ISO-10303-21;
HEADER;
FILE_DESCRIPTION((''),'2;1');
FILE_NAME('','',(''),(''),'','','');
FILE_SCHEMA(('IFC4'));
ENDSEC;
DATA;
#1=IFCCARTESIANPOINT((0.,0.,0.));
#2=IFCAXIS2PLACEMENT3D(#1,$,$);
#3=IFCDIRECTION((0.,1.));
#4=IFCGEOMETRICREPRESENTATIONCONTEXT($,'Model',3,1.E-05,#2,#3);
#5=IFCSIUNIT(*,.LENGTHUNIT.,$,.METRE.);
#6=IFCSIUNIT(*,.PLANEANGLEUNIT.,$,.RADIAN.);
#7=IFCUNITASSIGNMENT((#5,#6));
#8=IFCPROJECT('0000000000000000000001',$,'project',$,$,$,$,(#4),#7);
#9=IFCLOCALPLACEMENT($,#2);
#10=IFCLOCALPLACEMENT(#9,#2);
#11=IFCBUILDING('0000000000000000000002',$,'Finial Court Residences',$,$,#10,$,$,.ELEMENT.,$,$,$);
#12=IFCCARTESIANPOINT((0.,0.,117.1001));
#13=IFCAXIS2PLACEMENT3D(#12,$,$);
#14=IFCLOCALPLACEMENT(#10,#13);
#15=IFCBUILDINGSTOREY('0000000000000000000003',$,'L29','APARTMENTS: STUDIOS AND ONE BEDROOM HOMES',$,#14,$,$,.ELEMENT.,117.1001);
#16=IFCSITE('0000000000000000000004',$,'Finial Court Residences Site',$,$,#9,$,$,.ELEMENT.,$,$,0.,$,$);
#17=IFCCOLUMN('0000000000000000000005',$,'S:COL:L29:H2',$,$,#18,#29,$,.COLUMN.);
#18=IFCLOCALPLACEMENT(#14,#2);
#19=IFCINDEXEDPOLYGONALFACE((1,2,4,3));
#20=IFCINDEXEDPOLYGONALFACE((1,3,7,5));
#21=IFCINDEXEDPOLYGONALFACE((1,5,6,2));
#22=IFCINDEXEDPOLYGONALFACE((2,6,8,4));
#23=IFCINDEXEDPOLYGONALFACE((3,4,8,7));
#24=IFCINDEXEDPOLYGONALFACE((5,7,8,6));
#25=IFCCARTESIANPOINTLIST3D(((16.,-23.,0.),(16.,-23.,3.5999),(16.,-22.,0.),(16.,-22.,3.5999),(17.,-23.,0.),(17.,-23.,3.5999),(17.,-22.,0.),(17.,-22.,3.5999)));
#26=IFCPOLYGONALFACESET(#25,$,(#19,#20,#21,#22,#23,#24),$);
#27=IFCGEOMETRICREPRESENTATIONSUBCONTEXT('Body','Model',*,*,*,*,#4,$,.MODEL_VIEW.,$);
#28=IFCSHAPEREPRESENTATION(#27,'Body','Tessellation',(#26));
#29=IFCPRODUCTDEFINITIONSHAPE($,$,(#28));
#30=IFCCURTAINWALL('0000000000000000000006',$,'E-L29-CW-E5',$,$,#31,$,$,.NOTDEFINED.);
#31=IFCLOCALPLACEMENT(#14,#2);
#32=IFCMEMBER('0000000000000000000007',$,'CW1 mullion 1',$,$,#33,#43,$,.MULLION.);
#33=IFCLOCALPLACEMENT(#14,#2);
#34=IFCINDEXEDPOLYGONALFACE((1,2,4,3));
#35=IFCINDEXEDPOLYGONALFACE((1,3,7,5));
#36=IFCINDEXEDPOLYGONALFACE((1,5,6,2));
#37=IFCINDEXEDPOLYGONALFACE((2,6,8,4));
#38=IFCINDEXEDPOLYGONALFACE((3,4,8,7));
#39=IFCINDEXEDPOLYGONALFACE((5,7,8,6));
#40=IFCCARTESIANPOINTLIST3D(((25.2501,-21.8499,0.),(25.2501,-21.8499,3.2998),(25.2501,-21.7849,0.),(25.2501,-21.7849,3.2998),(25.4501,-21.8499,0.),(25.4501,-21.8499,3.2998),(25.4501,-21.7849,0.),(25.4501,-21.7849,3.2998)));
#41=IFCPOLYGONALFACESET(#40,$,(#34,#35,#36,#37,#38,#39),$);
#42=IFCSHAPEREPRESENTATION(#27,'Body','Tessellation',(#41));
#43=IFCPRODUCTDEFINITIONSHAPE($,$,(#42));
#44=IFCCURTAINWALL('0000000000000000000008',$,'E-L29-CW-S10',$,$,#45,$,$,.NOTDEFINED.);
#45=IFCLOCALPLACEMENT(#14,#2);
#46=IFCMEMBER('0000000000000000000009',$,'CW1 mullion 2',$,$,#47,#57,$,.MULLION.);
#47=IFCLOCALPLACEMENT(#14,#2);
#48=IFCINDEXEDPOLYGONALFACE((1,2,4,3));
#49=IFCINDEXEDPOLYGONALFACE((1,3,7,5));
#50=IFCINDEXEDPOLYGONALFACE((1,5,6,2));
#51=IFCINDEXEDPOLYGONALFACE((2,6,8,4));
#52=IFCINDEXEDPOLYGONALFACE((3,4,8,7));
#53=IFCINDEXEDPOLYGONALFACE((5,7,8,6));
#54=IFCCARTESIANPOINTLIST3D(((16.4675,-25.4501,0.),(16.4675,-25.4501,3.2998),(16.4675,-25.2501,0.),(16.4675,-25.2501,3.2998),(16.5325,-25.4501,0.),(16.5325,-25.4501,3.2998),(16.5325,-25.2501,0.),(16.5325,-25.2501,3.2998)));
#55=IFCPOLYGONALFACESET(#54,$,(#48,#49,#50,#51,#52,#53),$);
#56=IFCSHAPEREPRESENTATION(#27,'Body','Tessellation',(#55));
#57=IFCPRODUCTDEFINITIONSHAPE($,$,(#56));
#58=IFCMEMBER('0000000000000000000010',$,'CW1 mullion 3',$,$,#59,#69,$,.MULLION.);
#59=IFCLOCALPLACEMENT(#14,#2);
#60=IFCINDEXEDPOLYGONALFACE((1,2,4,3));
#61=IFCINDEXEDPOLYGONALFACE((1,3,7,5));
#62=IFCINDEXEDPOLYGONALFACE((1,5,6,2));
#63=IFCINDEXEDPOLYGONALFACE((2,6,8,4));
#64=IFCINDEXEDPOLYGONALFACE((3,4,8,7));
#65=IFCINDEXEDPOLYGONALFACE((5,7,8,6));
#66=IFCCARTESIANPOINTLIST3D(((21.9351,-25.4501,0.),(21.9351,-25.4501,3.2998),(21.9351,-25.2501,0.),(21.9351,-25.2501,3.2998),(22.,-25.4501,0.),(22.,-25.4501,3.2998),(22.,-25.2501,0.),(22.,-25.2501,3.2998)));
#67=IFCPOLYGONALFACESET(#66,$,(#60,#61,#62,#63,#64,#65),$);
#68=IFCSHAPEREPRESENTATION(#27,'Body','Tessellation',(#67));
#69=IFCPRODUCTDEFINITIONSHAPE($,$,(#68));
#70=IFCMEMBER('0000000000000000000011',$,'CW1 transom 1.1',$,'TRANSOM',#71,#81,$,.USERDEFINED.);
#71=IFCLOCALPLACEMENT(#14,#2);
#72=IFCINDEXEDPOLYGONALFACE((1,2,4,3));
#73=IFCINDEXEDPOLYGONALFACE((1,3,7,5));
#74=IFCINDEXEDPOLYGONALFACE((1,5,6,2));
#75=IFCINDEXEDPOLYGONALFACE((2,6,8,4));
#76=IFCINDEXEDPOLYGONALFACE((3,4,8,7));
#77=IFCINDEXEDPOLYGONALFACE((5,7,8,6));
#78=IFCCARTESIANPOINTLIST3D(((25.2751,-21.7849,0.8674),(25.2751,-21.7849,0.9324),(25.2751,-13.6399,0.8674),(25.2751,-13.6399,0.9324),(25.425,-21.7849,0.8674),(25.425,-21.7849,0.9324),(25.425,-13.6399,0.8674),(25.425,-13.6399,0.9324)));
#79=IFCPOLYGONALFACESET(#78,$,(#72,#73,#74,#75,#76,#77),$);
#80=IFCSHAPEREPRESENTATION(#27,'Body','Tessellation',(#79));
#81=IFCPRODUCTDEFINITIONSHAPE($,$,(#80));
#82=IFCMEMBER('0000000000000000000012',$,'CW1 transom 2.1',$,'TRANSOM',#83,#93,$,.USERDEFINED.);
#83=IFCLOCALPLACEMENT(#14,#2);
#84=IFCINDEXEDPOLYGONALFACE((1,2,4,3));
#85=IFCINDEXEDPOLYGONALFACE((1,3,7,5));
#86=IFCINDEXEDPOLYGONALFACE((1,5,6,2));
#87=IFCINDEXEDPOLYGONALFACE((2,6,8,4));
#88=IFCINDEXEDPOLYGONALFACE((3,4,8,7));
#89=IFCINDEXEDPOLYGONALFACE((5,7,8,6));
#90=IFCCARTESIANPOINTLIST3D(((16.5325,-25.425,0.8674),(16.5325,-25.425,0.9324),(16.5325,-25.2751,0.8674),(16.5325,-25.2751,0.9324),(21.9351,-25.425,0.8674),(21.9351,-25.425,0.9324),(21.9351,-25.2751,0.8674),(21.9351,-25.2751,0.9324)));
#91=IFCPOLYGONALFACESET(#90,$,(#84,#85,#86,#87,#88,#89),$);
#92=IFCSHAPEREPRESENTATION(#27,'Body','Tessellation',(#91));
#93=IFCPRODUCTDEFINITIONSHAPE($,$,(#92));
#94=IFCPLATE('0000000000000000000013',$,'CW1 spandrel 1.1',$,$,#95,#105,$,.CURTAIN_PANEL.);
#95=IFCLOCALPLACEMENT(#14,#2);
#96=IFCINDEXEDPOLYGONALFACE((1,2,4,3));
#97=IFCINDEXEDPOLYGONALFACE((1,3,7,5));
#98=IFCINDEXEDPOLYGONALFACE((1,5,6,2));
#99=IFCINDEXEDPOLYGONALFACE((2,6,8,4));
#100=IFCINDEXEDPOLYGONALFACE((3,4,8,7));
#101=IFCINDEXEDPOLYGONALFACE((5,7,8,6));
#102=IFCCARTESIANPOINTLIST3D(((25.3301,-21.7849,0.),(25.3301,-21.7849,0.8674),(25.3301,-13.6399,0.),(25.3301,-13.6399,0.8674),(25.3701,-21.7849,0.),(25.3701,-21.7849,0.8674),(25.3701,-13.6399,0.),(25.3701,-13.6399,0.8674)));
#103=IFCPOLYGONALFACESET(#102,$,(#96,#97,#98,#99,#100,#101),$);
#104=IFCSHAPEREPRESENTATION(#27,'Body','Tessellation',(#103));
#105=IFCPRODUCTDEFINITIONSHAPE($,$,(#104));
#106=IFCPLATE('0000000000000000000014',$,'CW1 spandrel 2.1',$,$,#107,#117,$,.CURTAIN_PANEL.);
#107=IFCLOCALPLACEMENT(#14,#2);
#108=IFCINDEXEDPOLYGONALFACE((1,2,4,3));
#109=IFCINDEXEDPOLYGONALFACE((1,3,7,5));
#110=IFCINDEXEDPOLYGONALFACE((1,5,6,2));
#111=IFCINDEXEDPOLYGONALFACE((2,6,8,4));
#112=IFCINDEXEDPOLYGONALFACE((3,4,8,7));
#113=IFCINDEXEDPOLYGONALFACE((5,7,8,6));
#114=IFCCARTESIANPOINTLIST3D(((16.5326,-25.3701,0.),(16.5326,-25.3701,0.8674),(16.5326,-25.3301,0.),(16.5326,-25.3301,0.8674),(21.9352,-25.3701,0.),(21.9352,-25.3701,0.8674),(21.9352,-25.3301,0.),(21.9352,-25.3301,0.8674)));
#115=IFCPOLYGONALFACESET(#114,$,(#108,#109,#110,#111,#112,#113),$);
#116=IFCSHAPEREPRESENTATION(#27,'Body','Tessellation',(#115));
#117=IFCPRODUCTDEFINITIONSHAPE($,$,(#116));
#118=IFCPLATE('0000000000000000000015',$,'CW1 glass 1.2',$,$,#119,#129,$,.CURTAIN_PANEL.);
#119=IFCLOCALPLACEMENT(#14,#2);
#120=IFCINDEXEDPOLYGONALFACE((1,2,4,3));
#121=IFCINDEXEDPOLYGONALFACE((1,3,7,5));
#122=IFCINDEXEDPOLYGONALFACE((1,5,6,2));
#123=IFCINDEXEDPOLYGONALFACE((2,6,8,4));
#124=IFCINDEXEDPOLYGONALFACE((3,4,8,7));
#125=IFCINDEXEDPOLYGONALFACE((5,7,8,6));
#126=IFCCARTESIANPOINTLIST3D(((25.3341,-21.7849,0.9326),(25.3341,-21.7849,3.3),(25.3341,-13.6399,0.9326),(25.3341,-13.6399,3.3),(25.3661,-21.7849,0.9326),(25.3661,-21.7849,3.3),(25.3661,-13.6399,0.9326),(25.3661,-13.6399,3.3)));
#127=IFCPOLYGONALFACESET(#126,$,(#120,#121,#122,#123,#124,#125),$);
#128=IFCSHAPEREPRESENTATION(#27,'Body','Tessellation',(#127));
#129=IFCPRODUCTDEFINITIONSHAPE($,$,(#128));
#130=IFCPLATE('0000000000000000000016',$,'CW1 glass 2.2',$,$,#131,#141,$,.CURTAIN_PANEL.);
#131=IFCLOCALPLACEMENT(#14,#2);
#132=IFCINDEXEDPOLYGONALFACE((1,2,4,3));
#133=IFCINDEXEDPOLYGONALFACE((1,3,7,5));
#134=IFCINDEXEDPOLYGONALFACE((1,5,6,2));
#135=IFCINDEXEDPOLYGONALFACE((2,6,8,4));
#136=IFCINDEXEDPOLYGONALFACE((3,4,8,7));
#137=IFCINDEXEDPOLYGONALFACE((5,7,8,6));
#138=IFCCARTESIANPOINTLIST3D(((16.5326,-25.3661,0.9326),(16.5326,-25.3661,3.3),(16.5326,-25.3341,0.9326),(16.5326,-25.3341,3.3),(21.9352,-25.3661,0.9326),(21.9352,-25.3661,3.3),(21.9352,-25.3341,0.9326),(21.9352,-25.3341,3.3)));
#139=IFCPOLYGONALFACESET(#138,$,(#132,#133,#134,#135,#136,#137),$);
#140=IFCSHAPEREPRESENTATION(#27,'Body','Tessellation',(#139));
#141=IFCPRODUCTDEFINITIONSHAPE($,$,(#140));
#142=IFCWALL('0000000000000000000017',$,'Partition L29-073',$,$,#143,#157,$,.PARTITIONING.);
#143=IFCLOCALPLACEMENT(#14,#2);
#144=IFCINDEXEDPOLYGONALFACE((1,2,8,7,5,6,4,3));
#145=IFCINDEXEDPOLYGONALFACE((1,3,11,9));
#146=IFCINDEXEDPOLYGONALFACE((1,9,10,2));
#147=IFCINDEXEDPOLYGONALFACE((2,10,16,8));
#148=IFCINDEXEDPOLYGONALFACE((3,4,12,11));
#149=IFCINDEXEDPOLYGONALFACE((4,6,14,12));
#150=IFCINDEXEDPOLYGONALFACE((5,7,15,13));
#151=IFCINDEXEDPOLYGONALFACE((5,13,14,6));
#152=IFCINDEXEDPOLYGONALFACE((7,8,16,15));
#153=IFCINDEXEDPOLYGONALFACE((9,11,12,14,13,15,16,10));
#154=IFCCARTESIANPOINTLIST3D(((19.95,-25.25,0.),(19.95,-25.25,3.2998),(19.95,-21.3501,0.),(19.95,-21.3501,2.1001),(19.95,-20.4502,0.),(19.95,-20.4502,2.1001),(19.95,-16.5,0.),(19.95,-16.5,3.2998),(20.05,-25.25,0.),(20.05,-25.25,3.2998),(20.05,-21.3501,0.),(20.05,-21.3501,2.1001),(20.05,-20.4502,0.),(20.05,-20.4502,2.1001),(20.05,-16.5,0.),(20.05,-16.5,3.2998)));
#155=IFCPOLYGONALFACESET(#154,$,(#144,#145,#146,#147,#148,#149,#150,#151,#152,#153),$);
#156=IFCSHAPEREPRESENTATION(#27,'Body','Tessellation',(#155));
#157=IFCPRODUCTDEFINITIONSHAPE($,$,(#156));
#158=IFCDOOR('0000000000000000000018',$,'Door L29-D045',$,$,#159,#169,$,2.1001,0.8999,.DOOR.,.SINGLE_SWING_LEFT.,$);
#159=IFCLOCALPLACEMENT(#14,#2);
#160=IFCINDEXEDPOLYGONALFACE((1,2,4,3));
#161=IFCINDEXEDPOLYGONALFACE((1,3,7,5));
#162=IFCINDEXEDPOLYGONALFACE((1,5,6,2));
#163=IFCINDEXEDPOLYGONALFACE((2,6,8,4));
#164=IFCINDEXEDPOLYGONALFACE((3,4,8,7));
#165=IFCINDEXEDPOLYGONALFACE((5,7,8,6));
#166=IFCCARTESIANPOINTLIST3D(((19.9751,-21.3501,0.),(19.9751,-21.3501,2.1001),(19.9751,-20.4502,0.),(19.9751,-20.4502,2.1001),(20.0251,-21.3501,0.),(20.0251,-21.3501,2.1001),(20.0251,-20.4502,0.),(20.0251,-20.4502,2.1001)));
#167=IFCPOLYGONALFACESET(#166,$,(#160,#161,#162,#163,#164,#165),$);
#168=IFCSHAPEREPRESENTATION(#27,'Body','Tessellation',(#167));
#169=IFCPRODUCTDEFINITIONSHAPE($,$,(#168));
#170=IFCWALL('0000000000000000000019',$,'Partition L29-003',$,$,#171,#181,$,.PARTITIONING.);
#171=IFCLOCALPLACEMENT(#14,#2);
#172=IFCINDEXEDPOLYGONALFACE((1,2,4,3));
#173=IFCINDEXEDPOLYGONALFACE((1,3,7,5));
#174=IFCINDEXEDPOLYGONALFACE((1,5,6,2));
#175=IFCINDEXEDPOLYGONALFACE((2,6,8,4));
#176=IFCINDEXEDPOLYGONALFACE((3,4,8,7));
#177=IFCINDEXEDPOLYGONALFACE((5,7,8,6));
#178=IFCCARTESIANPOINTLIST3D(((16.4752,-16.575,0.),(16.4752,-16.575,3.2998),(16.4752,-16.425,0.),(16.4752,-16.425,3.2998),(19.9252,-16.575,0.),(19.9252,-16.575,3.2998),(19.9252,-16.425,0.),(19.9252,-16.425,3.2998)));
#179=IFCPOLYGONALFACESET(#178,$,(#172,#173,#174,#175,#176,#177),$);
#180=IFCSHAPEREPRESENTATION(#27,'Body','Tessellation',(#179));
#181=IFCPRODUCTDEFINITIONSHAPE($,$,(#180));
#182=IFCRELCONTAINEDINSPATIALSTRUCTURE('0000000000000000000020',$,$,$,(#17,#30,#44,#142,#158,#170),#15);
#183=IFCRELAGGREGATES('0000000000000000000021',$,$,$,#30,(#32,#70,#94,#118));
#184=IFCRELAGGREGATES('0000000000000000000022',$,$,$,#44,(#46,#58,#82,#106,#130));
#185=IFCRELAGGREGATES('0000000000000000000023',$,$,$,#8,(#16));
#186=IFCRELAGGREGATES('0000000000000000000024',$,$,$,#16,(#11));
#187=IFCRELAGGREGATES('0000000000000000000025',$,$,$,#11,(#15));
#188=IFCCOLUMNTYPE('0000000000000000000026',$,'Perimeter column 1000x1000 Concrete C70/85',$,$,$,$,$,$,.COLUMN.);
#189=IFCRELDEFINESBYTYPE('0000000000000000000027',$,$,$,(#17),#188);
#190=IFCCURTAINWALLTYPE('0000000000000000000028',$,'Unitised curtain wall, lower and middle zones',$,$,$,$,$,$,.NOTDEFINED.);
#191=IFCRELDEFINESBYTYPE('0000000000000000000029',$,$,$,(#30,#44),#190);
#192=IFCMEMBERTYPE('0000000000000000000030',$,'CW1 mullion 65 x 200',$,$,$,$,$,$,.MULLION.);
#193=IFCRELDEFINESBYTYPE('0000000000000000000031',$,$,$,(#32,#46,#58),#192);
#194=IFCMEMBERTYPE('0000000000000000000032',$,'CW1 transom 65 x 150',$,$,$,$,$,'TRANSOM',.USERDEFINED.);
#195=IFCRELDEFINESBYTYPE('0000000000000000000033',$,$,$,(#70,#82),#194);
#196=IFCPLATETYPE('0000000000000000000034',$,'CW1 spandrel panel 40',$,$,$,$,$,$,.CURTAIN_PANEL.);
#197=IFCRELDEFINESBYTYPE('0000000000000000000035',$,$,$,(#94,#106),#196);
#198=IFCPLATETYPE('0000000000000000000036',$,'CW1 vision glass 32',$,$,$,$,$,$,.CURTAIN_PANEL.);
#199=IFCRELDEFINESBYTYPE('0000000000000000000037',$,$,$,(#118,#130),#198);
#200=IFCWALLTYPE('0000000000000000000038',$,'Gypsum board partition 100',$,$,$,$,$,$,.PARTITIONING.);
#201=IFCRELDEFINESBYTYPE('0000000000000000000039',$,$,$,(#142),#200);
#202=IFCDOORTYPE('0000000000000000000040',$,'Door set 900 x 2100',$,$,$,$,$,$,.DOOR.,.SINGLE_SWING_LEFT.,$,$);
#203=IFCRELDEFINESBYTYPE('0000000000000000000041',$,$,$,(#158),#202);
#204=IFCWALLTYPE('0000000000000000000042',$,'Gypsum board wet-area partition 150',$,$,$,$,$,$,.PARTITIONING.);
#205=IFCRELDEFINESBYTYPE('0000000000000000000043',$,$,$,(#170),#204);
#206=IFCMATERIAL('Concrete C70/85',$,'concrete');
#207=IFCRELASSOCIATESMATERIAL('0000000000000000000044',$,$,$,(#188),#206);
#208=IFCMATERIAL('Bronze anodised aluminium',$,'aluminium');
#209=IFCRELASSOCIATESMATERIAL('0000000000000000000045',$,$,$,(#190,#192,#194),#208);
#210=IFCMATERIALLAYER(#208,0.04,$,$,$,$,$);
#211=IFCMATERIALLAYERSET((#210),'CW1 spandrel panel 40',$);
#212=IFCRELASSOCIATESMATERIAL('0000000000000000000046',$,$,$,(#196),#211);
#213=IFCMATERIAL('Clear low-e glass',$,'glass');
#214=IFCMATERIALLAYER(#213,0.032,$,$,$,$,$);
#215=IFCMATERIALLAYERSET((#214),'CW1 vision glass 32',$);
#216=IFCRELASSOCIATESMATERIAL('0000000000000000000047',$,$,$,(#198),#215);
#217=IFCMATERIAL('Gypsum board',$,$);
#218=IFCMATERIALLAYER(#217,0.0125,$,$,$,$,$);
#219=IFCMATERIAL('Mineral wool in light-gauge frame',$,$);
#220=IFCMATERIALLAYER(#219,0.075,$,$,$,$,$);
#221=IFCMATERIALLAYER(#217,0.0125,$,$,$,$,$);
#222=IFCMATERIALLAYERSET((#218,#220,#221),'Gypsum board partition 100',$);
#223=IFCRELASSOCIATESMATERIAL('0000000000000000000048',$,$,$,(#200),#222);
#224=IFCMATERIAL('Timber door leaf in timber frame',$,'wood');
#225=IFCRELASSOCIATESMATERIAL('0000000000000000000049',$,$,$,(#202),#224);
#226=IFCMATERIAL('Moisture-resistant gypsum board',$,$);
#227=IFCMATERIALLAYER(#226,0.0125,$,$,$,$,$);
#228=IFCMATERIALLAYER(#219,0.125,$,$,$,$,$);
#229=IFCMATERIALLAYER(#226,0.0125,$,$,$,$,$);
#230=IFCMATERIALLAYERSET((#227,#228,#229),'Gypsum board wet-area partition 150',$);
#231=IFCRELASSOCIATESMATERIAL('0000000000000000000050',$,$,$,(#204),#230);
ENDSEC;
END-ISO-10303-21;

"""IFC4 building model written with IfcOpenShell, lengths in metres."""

from ifc_helpers import new_model, si_unit, direction, frame, frame_2d, origin, origin_2d, place, context, subcontext, project, spatial, rectangle, extrude, material, layer, layer_set, material_profile, profile_set, type_object, element, fill, aggregate, save


model = new_model("IFC4")

# Units and contexts
model_context = context("Model", 3, precision=1e-05, world=origin(), true_north=direction((0.0, 1.0)))
body_context = subcontext(model_context, "Body", "Model", "MODEL_VIEW")
ifc_project = project(units=[si_unit("LENGTHUNIT", "METRE"), si_unit("PLANEANGLEUNIT", "RADIAN")], contexts=[model_context])

# Site, building, storey
site_placement = place(None, origin())
site = spatial("IfcSite", under=ifc_project, at=site_placement, Name="Finial Court Residences Site", CompositionType="ELEMENT", RefElevation=0.0)
building_placement = place(site_placement, origin())
building = spatial("IfcBuilding", under=site, at=building_placement, Name="Finial Court Residences", CompositionType="ELEMENT")
storey_placement = place(building_placement, frame((0.0, 0.0, 117.1001)))
storey = spatial("IfcBuildingStorey", under=building, at=storey_placement, Name="L29", Description="APARTMENTS: STUDIOS AND ONE BEDROOM HOMES", CompositionType="ELEMENT", Elevation=117.1001)

# Column
ifc_material_1 = material(Name="Concrete C70/85", Category="concrete")
ifc_material_profile_1 = material_profile(ifc_material_1, rectangle(XDim=1.0, YDim=1.0, at=origin_2d()), Name="1000x1000")
ifc_profile_set_1 = profile_set([ifc_material_profile_1], Name="Concrete C70/85")
column_type = type_object("IfcColumnType", Name="Perimeter column 1000x1000 Concrete C70/85", PredefinedType="COLUMN", material=ifc_profile_set_1)
column_placement = place(storey_placement, frame((16.5, -22.5, 0.0), z_axis=(0.0, 0.0, 1.0), x_axis=(1.0, 0.0, 0.0)))
element("IfcColumn", 1, at=column_placement, inside=storey, type_object=column_type, Name="S:COL:L29:H2", PredefinedType="COLUMN", context=body_context, shape_type="SweptSolid", body=[
    extrude(rectangle(XDim=1.0, YDim=1.0, at=origin_2d()), origin(), (0.0, 0.0, 1.0), 3.5999),
])

# Curtain wall, member
ifc_material_2 = material(Name="Bronze anodised aluminium", Category="aluminium")
curtain_wall_type = type_object("IfcCurtainWallType", Name="Unitised curtain wall, lower and middle zones", PredefinedType="NOTDEFINED", material=ifc_material_2)
curtain_wall_1_placement = place(storey_placement, origin())
curtain_wall_1 = element("IfcCurtainWall", 2, at=curtain_wall_1_placement, inside=storey, type_object=curtain_wall_type, Name="E-L29-CW-E5", PredefinedType="NOTDEFINED")
ifc_material_profile_2 = material_profile(ifc_material_2, rectangle(XDim=0.2, YDim=0.0649, at=origin_2d()), Name="CW1 mullion 65 x 200")
ifc_profile_set_2 = profile_set([ifc_material_profile_2], Name="Bronze anodised aluminium")
member_type_1 = type_object("IfcMemberType", Name="CW1 mullion 65 x 200", PredefinedType="MULLION", material=ifc_profile_set_2)
member_1_placement = place(storey_placement, frame((25.3501, -21.8174, 0.0), z_axis=(0.0, 0.0, 1.0), x_axis=(-1.0, 0.0, 0.0)))
member_1 = element("IfcMember", 3, at=member_1_placement, type_object=member_type_1, Name="CW1 mullion 1", PredefinedType="MULLION", context=body_context, shape_type="SweptSolid", body=[
    extrude(rectangle(XDim=0.2, YDim=0.0649, at=origin_2d()), origin(), (0.0, 0.0, 1.0), 3.2998),
])

# Curtain wall, members
curtain_wall_2_placement = place(storey_placement, origin())
curtain_wall_2 = element("IfcCurtainWall", 4, at=curtain_wall_2_placement, inside=storey, type_object=curtain_wall_type, Name="E-L29-CW-S10", PredefinedType="NOTDEFINED")
member_2_placement = place(storey_placement, frame((16.5, -25.3501, 0.0), z_axis=(0.0, 0.0, 1.0), x_axis=(0.0, 1.0, 0.0)))
member_2 = element("IfcMember", 5, at=member_2_placement, type_object=member_type_1, Name="CW1 mullion 2", PredefinedType="MULLION", context=body_context, shape_type="SweptSolid", body=[
    extrude(rectangle(XDim=0.2, YDim=0.0649, at=origin_2d()), origin(), (0.0, 0.0, 1.0), 3.2998),
])
member_3_placement = place(storey_placement, frame((21.9675, -25.3501, 0.0), z_axis=(0.0, 0.0, 1.0), x_axis=(0.0, 1.0, 0.0)))
member_3 = element("IfcMember", 6, at=member_3_placement, type_object=member_type_1, Name="CW1 mullion 3", PredefinedType="MULLION", context=body_context, shape_type="SweptSolid", body=[
    extrude(rectangle(XDim=0.2, YDim=0.0649, at=origin_2d()), origin(), (0.0, 0.0, 1.0), 3.2998),
])

# Members
ifc_material_profile_3 = material_profile(ifc_material_2, rectangle(XDim=0.1499, YDim=0.0649, at=origin_2d()), Name="CW1 transom 65 x 150")
ifc_profile_set_3 = profile_set([ifc_material_profile_3], Name="Bronze anodised aluminium")
member_type_2 = type_object("IfcMemberType", Name="CW1 transom 65 x 150", ElementType="TRANSOM", PredefinedType="USERDEFINED", material=ifc_profile_set_3)
member_4_placement = place(storey_placement, frame((25.3501, -21.7849, 0.8999), z_axis=(0.0, 1.0, 0.0), x_axis=(-1.0, 0.0, 0.0)))
member_4 = element("IfcMember", 7, at=member_4_placement, type_object=member_type_2, Name="CW1 transom 1.1", ObjectType="TRANSOM", PredefinedType="USERDEFINED", context=body_context, shape_type="SweptSolid", body=[
    extrude(rectangle(XDim=0.1499, YDim=0.0649, at=origin_2d()), origin(), (0.0, 0.0, 1.0), 8.145),
])
member_5_placement = place(storey_placement, frame((16.5325, -25.3501, 0.8999), z_axis=(1.0, 0.0, 0.0), x_axis=(0.0, 1.0, 0.0)))
member_5 = element("IfcMember", 8, at=member_5_placement, type_object=member_type_2, Name="CW1 transom 2.1", ObjectType="TRANSOM", PredefinedType="USERDEFINED", context=body_context, shape_type="SweptSolid", body=[
    extrude(rectangle(XDim=0.1499, YDim=0.0649, at=origin_2d()), origin(), (0.0, 0.0, 1.0), 5.4026),
])

# Plates
ifc_layer_1 = layer(ifc_material_2, 0.04)
ifc_layer_set_1 = layer_set([ifc_layer_1], Name="CW1 spandrel panel 40")
plate_type_1 = type_object("IfcPlateType", Name="CW1 spandrel panel 40", PredefinedType="CURTAIN_PANEL", material=ifc_layer_set_1)
plate_1_placement = place(storey_placement, frame((25.3501, -17.7124, 0.0), z_axis=(0.0, 0.0, 1.0), x_axis=(0.0, 1.0, 0.0)))
plate_1 = element("IfcPlate", 9, at=plate_1_placement, type_object=plate_type_1, Name="CW1 spandrel 1.1", PredefinedType="CURTAIN_PANEL", context=body_context, shape_type="SweptSolid", body=[
    extrude(rectangle(XDim=8.145, YDim=0.04, at=origin_2d()), origin(), (0.0, 0.0, 1.0), 0.8674),
])
plate_2_placement = place(storey_placement, frame((19.2339, -25.3501, 0.0), z_axis=(0.0, 0.0, 1.0), x_axis=(1.0, 0.0, 0.0)))
plate_2 = element("IfcPlate", 10, at=plate_2_placement, type_object=plate_type_1, Name="CW1 spandrel 2.1", PredefinedType="CURTAIN_PANEL", context=body_context, shape_type="SweptSolid", body=[
    extrude(rectangle(XDim=5.4026, YDim=0.04, at=origin_2d()), origin(), (0.0, 0.0, 1.0), 0.8674),
])
ifc_material_3 = material(Name="Clear low-e glass", Category="glass")
ifc_layer_2 = layer(ifc_material_3, 0.032)
ifc_layer_set_2 = layer_set([ifc_layer_2], Name="CW1 vision glass 32")
plate_type_2 = type_object("IfcPlateType", Name="CW1 vision glass 32", PredefinedType="CURTAIN_PANEL", material=ifc_layer_set_2)
plate_3_placement = place(storey_placement, frame((25.3501, -17.7124, 0.9326), z_axis=(0.0, 0.0, 1.0), x_axis=(0.0, 1.0, 0.0)))
plate_3 = element("IfcPlate", 11, at=plate_3_placement, type_object=plate_type_2, Name="CW1 glass 1.2", PredefinedType="CURTAIN_PANEL", context=body_context, shape_type="SweptSolid", body=[
    extrude(rectangle(XDim=8.145, YDim=0.032, at=origin_2d()), origin(), (0.0, 0.0, 1.0), 2.3674),
])
aggregate(curtain_wall_1, [member_1, member_4, plate_1, plate_3])
plate_4_placement = place(storey_placement, frame((19.2339, -25.3501, 0.9326), z_axis=(0.0, 0.0, 1.0), x_axis=(1.0, 0.0, 0.0)))
plate_4 = element("IfcPlate", 12, at=plate_4_placement, type_object=plate_type_2, Name="CW1 glass 2.2", PredefinedType="CURTAIN_PANEL", context=body_context, shape_type="SweptSolid", body=[
    extrude(rectangle(XDim=5.4026, YDim=0.032, at=origin_2d()), origin(), (0.0, 0.0, 1.0), 2.3674),
])
aggregate(curtain_wall_2, [member_2, member_3, member_5, plate_2, plate_4])

# Wall, opening, door
ifc_material_4 = material(Name="Gypsum board")
ifc_layer_3 = layer(ifc_material_4, 0.0125)
ifc_material_5 = material(Name="Mineral wool in light-gauge frame")
ifc_layer_4 = layer(ifc_material_5, 0.075)
ifc_layer_5 = layer(ifc_material_4, 0.0125)
ifc_layer_set_3 = layer_set([ifc_layer_3, ifc_layer_4, ifc_layer_5], Name="Gypsum board partition 100")
wall_type_1 = type_object("IfcWallType", Name="Gypsum board partition 100", PredefinedType="PARTITIONING", material=ifc_layer_set_3)
wall_1_placement = place(storey_placement, frame((20.0, -25.25, 0.0), z_axis=(0.0, 0.0, 1.0), x_axis=(0.0, 1.0, 0.0)))
wall_1 = element("IfcWall", 13, at=wall_1_placement, inside=storey, type_object=wall_type_1, Name="Partition L29-073", PredefinedType="PARTITIONING", context=body_context, shape_type="SweptSolid", body=[
    extrude(rectangle(XDim=8.75, YDim=0.1001, at=frame_2d((4.375, 0.0))), origin(), (0.0, 0.0, 1.0), 3.2998),
])
opening_1_placement = place(wall_1_placement, frame((3.8999, 0.0, 0.0)))
opening_1 = element("IfcOpeningElement", 14, at=opening_1_placement, cuts=wall_1, PredefinedType="OPENING", context=body_context, shape_type="SweptSolid", body=[
    extrude(rectangle(XDim=0.8999, YDim=2.1001, at=frame_2d((0.45, 1.05))), frame((0.0, 0.0601, 0.0), z_axis=(0.0, -1.0, 0.0), x_axis=(1.0, 0.0, 0.0)), (0.0, 0.0, 1.0), 0.1201),
])
ifc_material_6 = material(Name="Timber door leaf in timber frame", Category="wood")
door_type = type_object("IfcDoorType", Name="Door set 900 x 2100", OperationType="SINGLE_SWING_LEFT", PredefinedType="DOOR", material=ifc_material_6)
door_1_placement = place(opening_1_placement, origin())
door_1 = element("IfcDoor", 15, at=door_1_placement, inside=storey, type_object=door_type, Name="Door L29-D045", OperationType="SINGLE_SWING_LEFT", OverallHeight=2.1001, OverallWidth=0.8999, PredefinedType="DOOR", context=body_context, shape_type="SweptSolid", body=[
    extrude(rectangle(XDim=0.8999, YDim=2.1001, at=frame_2d((0.45, 1.05))), frame((0.0, 0.0249, 0.0), z_axis=(0.0, -1.0, 0.0), x_axis=(1.0, 0.0, 0.0)), (0.0, 0.0, 1.0), 0.05),
])
fill(opening_1, door_1)

# Wall
ifc_material_7 = material(Name="Moisture-resistant gypsum board")
ifc_layer_6 = layer(ifc_material_7, 0.0125)
ifc_layer_7 = layer(ifc_material_5, 0.125)
ifc_layer_8 = layer(ifc_material_7, 0.0125)
ifc_layer_set_4 = layer_set([ifc_layer_6, ifc_layer_7, ifc_layer_8], Name="Gypsum board wet-area partition 150")
wall_type_2 = type_object("IfcWallType", Name="Gypsum board wet-area partition 150", PredefinedType="PARTITIONING", material=ifc_layer_set_4)
wall_2_placement = place(storey_placement, frame((16.4751, -16.5, 0.0), z_axis=(0.0, 0.0, 1.0), x_axis=(1.0, 0.0, 0.0)))
element("IfcWall", 16, at=wall_2_placement, inside=storey, type_object=wall_type_2, Name="Partition L29-003", PredefinedType="PARTITIONING", context=body_context, shape_type="SweptSolid", body=[
    extrude(rectangle(XDim=3.45, YDim=0.1499, at=frame_2d((1.7251, 0.0))), origin(), (0.0, 0.0, 1.0), 3.2998),
])

save(model, "model.ifc")
